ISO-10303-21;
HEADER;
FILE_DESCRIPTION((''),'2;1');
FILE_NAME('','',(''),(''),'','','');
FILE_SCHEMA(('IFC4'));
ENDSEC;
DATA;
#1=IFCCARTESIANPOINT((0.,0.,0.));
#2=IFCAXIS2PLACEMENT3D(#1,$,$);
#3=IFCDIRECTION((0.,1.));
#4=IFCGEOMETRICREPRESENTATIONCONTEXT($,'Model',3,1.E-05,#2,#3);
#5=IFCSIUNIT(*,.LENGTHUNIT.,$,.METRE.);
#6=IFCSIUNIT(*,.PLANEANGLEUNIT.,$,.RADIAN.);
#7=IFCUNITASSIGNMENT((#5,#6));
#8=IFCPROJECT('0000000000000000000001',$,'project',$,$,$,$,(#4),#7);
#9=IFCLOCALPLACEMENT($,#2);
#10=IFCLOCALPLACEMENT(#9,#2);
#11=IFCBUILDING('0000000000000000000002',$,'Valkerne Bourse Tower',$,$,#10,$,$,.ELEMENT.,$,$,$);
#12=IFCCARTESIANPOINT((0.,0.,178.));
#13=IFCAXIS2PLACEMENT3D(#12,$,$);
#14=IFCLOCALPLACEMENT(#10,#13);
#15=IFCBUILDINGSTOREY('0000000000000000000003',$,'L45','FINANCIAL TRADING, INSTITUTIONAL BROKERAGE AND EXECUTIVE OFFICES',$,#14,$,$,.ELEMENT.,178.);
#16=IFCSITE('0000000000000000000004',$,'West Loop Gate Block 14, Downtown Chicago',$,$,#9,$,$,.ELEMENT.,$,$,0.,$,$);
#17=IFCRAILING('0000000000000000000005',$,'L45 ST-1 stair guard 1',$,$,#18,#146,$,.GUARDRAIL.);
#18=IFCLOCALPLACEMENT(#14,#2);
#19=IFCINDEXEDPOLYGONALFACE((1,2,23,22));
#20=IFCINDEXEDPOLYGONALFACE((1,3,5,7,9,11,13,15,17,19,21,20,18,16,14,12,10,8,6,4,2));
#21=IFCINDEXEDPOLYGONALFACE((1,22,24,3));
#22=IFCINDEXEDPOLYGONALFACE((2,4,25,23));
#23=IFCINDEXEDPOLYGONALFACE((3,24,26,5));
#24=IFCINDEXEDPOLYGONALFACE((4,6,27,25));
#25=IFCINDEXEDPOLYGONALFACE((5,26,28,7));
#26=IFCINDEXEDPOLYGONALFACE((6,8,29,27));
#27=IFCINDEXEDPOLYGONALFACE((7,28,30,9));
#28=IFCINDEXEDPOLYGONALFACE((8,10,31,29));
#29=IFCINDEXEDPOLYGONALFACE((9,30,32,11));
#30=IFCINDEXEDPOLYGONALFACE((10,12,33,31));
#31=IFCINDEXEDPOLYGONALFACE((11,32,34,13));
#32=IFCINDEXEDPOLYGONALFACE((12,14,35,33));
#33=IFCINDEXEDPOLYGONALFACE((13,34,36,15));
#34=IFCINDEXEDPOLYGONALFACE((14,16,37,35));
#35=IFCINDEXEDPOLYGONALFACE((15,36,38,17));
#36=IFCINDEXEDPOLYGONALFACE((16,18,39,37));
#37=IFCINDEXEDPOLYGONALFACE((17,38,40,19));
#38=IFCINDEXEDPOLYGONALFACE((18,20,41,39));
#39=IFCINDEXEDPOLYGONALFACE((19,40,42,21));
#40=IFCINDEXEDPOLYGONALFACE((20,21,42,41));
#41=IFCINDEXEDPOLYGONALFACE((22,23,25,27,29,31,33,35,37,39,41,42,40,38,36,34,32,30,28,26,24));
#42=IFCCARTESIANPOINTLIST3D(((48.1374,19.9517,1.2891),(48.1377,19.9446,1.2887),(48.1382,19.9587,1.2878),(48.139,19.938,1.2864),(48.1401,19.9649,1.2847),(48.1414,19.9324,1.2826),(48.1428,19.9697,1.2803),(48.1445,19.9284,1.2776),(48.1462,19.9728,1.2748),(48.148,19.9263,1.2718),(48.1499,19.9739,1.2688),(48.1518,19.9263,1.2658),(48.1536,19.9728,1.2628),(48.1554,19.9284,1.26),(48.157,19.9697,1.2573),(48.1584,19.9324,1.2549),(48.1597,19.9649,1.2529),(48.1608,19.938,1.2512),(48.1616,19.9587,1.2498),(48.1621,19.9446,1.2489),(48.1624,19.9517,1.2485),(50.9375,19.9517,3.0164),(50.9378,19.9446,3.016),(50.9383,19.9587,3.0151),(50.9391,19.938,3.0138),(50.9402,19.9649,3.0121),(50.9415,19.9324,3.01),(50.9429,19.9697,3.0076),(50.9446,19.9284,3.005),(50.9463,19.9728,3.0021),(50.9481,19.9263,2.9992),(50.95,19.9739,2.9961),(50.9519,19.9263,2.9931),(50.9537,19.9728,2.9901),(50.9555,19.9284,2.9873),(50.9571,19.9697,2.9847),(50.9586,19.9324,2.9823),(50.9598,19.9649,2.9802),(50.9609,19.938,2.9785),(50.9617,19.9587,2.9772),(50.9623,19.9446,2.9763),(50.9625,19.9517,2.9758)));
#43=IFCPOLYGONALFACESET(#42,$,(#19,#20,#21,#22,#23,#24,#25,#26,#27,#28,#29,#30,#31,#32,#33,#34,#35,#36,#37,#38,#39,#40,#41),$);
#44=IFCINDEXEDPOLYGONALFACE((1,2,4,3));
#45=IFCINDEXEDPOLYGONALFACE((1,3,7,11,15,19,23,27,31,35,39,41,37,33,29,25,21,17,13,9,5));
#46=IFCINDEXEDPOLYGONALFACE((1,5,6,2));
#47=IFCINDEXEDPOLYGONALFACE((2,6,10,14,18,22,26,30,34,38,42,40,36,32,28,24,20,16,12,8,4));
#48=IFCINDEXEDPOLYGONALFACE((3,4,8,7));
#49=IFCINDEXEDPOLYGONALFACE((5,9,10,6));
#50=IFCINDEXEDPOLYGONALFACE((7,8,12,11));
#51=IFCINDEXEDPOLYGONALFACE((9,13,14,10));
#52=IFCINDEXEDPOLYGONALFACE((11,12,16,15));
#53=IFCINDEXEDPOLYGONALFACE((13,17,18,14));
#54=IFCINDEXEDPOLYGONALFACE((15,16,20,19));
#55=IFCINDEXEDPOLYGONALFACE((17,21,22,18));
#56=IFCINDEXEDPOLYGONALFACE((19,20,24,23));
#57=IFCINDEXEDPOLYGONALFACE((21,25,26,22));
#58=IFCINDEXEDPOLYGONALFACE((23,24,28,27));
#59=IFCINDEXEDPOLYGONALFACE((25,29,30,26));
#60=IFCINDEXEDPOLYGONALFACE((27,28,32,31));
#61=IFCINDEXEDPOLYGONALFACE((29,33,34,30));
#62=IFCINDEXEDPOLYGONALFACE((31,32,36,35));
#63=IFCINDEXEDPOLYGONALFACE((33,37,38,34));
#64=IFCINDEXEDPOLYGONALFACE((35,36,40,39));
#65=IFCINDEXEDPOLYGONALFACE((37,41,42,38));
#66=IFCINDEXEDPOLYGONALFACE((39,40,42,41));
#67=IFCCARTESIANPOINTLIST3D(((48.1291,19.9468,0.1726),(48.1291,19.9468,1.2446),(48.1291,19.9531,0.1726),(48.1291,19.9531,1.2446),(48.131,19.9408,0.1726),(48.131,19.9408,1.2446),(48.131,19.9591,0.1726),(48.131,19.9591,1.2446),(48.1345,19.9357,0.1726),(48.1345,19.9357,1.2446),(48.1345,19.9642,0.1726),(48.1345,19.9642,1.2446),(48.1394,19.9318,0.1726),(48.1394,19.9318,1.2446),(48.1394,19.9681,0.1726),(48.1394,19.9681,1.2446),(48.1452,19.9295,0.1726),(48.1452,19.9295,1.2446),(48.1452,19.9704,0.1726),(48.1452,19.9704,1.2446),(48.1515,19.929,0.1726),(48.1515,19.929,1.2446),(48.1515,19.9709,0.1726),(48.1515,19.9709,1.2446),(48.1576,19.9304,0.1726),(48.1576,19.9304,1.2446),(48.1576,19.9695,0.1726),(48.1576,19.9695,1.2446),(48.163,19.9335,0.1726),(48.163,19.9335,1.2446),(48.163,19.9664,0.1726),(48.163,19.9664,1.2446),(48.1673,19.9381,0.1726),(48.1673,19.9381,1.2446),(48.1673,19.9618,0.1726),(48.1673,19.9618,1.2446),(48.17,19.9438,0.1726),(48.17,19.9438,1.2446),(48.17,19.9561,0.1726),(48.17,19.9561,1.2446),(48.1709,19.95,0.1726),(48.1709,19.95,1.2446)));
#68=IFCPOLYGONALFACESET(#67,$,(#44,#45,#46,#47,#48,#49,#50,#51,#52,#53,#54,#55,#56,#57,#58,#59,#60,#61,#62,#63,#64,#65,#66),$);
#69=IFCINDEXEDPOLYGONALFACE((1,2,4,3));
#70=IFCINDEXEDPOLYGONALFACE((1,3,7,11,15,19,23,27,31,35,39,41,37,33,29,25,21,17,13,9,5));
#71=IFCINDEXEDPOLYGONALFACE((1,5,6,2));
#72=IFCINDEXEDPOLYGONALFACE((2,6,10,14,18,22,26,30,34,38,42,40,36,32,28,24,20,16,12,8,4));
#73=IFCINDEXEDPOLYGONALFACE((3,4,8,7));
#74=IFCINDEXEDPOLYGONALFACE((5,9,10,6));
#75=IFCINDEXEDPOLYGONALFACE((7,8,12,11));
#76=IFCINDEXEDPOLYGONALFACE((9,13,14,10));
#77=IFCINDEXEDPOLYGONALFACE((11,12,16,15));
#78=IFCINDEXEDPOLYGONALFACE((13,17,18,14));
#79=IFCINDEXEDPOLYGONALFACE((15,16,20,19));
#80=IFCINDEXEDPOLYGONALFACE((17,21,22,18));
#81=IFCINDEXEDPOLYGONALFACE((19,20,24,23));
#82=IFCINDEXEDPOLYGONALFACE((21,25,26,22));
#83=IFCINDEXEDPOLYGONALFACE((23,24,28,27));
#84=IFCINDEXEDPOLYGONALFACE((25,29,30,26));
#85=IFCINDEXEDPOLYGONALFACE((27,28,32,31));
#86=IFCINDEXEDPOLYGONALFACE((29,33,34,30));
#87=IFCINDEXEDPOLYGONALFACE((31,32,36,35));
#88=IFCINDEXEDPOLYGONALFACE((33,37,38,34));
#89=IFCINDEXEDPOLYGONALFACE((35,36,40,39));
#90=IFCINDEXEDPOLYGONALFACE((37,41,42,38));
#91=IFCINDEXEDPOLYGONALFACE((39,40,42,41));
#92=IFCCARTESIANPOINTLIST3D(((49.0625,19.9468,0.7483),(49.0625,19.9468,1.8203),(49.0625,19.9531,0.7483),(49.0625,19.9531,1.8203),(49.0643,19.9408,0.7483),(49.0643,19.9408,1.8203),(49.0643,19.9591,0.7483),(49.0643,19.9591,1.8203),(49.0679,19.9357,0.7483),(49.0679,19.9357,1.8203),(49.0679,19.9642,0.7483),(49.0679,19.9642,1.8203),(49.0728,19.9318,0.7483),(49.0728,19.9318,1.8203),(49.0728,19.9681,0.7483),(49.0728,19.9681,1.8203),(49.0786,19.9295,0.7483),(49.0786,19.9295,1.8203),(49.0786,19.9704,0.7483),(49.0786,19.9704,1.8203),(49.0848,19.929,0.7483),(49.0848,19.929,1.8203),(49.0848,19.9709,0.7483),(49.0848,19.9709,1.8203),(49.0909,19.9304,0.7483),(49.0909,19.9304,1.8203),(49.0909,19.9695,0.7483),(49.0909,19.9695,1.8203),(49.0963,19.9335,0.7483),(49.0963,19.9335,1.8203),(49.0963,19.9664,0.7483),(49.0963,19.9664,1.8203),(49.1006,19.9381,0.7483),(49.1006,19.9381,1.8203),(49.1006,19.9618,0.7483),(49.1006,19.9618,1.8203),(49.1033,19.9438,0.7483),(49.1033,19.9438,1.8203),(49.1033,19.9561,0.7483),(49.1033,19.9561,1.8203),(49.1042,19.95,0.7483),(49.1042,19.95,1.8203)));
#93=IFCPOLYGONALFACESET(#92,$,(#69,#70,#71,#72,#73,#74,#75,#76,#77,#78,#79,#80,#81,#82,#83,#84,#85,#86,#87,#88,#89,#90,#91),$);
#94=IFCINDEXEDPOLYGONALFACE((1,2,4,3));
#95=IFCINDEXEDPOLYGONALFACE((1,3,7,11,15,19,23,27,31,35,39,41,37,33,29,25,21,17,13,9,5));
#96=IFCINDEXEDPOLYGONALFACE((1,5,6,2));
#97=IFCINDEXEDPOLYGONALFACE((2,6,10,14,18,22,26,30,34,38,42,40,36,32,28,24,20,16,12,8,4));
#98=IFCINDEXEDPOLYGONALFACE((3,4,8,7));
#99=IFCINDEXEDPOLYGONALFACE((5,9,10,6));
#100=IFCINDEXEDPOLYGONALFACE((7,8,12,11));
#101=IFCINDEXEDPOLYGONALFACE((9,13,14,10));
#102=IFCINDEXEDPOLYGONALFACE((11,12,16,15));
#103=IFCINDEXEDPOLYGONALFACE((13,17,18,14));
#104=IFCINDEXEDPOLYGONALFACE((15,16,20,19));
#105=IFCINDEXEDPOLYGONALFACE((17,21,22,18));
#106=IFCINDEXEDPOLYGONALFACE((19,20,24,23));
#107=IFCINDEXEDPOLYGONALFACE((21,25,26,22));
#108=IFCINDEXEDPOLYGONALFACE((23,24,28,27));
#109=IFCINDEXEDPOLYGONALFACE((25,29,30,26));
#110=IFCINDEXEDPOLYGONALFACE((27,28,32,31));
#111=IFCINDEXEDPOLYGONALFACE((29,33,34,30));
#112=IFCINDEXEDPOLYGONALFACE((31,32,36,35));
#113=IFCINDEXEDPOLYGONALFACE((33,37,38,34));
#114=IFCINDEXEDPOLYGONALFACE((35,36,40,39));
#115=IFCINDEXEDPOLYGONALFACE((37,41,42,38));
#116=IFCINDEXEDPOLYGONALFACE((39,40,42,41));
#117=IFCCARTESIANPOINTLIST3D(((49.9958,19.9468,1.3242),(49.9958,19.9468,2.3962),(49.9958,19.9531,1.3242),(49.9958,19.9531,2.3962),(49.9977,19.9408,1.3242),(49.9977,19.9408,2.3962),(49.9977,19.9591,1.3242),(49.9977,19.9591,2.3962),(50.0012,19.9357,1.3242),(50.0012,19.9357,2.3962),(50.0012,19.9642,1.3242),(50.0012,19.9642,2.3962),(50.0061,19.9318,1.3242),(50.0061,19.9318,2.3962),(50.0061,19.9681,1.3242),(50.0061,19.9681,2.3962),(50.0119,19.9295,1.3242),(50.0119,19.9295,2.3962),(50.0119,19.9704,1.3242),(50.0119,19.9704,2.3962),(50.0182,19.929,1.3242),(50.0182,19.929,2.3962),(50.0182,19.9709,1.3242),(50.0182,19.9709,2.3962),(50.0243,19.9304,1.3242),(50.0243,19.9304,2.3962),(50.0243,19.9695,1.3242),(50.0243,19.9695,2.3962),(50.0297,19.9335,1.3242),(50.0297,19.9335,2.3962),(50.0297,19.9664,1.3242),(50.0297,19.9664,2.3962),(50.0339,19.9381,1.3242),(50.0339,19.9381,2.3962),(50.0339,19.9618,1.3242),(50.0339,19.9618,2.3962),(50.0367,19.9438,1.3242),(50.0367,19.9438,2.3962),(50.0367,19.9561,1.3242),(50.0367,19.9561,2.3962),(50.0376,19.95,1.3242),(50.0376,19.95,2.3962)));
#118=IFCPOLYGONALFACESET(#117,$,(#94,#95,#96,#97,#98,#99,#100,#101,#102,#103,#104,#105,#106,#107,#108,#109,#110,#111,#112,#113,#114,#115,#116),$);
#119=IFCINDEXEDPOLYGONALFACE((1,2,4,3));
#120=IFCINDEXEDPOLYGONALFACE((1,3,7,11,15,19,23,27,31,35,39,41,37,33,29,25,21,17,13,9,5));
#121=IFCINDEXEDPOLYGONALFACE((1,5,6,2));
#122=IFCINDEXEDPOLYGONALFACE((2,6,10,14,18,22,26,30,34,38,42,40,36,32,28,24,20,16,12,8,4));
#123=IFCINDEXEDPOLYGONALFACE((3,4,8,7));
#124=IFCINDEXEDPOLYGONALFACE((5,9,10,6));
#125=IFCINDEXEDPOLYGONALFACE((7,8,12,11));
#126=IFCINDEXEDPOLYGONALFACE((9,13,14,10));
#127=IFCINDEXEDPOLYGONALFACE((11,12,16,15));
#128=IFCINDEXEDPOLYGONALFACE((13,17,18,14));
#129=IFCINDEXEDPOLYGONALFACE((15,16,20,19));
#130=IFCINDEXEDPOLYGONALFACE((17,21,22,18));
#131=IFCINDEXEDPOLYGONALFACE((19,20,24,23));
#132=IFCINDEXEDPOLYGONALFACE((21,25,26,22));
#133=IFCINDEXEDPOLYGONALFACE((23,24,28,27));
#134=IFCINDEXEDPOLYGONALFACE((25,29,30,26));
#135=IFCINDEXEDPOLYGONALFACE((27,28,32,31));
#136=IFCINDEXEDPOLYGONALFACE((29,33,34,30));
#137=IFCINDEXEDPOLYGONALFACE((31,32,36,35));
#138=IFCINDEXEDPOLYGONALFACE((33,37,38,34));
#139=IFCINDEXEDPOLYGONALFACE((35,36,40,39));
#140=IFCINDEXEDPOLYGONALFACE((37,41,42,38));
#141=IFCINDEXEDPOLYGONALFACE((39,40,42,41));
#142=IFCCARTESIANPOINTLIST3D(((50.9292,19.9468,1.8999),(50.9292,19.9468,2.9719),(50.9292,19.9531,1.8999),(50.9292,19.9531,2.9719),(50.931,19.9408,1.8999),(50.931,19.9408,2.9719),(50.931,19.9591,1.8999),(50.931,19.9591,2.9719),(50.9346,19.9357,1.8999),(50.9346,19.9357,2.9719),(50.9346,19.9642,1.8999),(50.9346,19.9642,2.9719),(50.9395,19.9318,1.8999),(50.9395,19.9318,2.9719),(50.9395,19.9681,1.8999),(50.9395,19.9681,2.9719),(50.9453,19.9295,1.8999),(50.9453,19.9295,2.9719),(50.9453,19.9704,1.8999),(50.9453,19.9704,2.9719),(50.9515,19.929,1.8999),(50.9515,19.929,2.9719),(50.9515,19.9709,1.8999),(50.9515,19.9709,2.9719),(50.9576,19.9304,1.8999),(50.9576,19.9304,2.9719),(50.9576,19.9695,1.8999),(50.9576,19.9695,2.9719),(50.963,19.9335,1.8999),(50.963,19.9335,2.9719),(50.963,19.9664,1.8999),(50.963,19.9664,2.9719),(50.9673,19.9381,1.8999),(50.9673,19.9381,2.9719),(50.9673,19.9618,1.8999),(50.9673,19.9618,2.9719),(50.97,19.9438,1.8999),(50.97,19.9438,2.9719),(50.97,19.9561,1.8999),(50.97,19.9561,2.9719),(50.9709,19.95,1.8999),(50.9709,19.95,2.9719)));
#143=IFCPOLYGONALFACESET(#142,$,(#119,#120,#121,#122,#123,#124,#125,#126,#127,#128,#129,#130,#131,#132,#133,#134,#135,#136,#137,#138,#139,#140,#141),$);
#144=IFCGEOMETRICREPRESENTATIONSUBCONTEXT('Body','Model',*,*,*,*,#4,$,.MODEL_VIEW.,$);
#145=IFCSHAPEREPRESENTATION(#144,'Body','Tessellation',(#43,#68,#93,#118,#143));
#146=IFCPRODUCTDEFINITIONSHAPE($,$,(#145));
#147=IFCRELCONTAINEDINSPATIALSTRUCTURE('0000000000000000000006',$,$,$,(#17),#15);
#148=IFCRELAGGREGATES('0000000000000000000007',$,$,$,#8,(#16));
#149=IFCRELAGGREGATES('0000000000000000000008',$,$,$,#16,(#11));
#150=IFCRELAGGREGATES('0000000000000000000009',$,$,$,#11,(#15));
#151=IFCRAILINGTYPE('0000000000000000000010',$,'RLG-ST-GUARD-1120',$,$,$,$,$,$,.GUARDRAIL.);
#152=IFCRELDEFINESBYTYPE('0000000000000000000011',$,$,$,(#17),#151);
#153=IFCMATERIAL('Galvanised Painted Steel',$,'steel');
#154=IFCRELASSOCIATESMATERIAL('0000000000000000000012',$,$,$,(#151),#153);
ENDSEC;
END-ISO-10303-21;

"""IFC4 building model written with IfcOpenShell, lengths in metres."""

from ifc_helpers import new_model, si_unit, direction, frame, origin, origin_2d, place, context, subcontext, project, spatial, circle, extrude, material, type_object, element, save


model = new_model("IFC4")

# Units and contexts
model_context = context("Model", 3, precision=1e-05, world=origin(), true_north=direction((0.0, 1.0)))
body_context = subcontext(model_context, "Body", "Model", "MODEL_VIEW")
ifc_project = project(units=[si_unit("LENGTHUNIT", "METRE"), si_unit("PLANEANGLEUNIT", "RADIAN")], contexts=[model_context])

# Site, building, storey
site_placement = place(None, origin())
site = spatial("IfcSite", under=ifc_project, at=site_placement, Name="West Loop Gate Block 14, Downtown Chicago", CompositionType="ELEMENT", RefElevation=0.0)
building_placement = place(site_placement, origin())
building = spatial("IfcBuilding", under=site, at=building_placement, Name="Valkerne Bourse Tower", CompositionType="ELEMENT")
storey_placement = place(building_placement, frame((0.0, 0.0, 178.0)))
storey = spatial("IfcBuildingStorey", under=building, at=storey_placement, Name="L45", Description="FINANCIAL TRADING, INSTITUTIONAL BROKERAGE AND EXECUTIVE OFFICES", CompositionType="ELEMENT", Elevation=178.0)

# Shared definitions
ifc_material_1 = material(Name="Galvanised Painted Steel", Category="steel")

# Railing
railing_type_1 = type_object("IfcRailingType", Name="RLG-ST-GUARD-1120", PredefinedType="GUARDRAIL", material=ifc_material_1)
railing_1_placement = place(storey_placement, frame((48.1499, 19.95, 0.1726)))
element("IfcRailing", 1, at=railing_1_placement, inside=storey, type_object=railing_type_1, Name="L45 ST-1 stair guard 1", PredefinedType="GUARDRAIL", context=body_context, shape_type="SweptSolid", body=[
    extrude(circle(Radius=0.0239, at=origin_2d()), frame((0.0, 0.0, 1.0962), z_axis=(0.85109, 0.0, 0.52502), x_axis=(0.0, 1.0, 0.0)), (0.0, 0.0, 1.0), 3.29),
    extrude(circle(Radius=0.021, at=origin_2d()), origin(), (0.0, 0.0, 1.0), 1.072),
    extrude(circle(Radius=0.021, at=origin_2d()), frame((0.9333, 0.0, 0.5757)), (0.0, 0.0, 1.0), 1.072),
    extrude(circle(Radius=0.021, at=origin_2d()), frame((1.8667, 0.0, 1.1516)), (0.0, 0.0, 1.0), 1.072),
    extrude(circle(Radius=0.021, at=origin_2d()), frame((2.8, 0.0, 1.7273)), (0.0, 0.0, 1.0), 1.072),
])

save(model, "model.ifc")
